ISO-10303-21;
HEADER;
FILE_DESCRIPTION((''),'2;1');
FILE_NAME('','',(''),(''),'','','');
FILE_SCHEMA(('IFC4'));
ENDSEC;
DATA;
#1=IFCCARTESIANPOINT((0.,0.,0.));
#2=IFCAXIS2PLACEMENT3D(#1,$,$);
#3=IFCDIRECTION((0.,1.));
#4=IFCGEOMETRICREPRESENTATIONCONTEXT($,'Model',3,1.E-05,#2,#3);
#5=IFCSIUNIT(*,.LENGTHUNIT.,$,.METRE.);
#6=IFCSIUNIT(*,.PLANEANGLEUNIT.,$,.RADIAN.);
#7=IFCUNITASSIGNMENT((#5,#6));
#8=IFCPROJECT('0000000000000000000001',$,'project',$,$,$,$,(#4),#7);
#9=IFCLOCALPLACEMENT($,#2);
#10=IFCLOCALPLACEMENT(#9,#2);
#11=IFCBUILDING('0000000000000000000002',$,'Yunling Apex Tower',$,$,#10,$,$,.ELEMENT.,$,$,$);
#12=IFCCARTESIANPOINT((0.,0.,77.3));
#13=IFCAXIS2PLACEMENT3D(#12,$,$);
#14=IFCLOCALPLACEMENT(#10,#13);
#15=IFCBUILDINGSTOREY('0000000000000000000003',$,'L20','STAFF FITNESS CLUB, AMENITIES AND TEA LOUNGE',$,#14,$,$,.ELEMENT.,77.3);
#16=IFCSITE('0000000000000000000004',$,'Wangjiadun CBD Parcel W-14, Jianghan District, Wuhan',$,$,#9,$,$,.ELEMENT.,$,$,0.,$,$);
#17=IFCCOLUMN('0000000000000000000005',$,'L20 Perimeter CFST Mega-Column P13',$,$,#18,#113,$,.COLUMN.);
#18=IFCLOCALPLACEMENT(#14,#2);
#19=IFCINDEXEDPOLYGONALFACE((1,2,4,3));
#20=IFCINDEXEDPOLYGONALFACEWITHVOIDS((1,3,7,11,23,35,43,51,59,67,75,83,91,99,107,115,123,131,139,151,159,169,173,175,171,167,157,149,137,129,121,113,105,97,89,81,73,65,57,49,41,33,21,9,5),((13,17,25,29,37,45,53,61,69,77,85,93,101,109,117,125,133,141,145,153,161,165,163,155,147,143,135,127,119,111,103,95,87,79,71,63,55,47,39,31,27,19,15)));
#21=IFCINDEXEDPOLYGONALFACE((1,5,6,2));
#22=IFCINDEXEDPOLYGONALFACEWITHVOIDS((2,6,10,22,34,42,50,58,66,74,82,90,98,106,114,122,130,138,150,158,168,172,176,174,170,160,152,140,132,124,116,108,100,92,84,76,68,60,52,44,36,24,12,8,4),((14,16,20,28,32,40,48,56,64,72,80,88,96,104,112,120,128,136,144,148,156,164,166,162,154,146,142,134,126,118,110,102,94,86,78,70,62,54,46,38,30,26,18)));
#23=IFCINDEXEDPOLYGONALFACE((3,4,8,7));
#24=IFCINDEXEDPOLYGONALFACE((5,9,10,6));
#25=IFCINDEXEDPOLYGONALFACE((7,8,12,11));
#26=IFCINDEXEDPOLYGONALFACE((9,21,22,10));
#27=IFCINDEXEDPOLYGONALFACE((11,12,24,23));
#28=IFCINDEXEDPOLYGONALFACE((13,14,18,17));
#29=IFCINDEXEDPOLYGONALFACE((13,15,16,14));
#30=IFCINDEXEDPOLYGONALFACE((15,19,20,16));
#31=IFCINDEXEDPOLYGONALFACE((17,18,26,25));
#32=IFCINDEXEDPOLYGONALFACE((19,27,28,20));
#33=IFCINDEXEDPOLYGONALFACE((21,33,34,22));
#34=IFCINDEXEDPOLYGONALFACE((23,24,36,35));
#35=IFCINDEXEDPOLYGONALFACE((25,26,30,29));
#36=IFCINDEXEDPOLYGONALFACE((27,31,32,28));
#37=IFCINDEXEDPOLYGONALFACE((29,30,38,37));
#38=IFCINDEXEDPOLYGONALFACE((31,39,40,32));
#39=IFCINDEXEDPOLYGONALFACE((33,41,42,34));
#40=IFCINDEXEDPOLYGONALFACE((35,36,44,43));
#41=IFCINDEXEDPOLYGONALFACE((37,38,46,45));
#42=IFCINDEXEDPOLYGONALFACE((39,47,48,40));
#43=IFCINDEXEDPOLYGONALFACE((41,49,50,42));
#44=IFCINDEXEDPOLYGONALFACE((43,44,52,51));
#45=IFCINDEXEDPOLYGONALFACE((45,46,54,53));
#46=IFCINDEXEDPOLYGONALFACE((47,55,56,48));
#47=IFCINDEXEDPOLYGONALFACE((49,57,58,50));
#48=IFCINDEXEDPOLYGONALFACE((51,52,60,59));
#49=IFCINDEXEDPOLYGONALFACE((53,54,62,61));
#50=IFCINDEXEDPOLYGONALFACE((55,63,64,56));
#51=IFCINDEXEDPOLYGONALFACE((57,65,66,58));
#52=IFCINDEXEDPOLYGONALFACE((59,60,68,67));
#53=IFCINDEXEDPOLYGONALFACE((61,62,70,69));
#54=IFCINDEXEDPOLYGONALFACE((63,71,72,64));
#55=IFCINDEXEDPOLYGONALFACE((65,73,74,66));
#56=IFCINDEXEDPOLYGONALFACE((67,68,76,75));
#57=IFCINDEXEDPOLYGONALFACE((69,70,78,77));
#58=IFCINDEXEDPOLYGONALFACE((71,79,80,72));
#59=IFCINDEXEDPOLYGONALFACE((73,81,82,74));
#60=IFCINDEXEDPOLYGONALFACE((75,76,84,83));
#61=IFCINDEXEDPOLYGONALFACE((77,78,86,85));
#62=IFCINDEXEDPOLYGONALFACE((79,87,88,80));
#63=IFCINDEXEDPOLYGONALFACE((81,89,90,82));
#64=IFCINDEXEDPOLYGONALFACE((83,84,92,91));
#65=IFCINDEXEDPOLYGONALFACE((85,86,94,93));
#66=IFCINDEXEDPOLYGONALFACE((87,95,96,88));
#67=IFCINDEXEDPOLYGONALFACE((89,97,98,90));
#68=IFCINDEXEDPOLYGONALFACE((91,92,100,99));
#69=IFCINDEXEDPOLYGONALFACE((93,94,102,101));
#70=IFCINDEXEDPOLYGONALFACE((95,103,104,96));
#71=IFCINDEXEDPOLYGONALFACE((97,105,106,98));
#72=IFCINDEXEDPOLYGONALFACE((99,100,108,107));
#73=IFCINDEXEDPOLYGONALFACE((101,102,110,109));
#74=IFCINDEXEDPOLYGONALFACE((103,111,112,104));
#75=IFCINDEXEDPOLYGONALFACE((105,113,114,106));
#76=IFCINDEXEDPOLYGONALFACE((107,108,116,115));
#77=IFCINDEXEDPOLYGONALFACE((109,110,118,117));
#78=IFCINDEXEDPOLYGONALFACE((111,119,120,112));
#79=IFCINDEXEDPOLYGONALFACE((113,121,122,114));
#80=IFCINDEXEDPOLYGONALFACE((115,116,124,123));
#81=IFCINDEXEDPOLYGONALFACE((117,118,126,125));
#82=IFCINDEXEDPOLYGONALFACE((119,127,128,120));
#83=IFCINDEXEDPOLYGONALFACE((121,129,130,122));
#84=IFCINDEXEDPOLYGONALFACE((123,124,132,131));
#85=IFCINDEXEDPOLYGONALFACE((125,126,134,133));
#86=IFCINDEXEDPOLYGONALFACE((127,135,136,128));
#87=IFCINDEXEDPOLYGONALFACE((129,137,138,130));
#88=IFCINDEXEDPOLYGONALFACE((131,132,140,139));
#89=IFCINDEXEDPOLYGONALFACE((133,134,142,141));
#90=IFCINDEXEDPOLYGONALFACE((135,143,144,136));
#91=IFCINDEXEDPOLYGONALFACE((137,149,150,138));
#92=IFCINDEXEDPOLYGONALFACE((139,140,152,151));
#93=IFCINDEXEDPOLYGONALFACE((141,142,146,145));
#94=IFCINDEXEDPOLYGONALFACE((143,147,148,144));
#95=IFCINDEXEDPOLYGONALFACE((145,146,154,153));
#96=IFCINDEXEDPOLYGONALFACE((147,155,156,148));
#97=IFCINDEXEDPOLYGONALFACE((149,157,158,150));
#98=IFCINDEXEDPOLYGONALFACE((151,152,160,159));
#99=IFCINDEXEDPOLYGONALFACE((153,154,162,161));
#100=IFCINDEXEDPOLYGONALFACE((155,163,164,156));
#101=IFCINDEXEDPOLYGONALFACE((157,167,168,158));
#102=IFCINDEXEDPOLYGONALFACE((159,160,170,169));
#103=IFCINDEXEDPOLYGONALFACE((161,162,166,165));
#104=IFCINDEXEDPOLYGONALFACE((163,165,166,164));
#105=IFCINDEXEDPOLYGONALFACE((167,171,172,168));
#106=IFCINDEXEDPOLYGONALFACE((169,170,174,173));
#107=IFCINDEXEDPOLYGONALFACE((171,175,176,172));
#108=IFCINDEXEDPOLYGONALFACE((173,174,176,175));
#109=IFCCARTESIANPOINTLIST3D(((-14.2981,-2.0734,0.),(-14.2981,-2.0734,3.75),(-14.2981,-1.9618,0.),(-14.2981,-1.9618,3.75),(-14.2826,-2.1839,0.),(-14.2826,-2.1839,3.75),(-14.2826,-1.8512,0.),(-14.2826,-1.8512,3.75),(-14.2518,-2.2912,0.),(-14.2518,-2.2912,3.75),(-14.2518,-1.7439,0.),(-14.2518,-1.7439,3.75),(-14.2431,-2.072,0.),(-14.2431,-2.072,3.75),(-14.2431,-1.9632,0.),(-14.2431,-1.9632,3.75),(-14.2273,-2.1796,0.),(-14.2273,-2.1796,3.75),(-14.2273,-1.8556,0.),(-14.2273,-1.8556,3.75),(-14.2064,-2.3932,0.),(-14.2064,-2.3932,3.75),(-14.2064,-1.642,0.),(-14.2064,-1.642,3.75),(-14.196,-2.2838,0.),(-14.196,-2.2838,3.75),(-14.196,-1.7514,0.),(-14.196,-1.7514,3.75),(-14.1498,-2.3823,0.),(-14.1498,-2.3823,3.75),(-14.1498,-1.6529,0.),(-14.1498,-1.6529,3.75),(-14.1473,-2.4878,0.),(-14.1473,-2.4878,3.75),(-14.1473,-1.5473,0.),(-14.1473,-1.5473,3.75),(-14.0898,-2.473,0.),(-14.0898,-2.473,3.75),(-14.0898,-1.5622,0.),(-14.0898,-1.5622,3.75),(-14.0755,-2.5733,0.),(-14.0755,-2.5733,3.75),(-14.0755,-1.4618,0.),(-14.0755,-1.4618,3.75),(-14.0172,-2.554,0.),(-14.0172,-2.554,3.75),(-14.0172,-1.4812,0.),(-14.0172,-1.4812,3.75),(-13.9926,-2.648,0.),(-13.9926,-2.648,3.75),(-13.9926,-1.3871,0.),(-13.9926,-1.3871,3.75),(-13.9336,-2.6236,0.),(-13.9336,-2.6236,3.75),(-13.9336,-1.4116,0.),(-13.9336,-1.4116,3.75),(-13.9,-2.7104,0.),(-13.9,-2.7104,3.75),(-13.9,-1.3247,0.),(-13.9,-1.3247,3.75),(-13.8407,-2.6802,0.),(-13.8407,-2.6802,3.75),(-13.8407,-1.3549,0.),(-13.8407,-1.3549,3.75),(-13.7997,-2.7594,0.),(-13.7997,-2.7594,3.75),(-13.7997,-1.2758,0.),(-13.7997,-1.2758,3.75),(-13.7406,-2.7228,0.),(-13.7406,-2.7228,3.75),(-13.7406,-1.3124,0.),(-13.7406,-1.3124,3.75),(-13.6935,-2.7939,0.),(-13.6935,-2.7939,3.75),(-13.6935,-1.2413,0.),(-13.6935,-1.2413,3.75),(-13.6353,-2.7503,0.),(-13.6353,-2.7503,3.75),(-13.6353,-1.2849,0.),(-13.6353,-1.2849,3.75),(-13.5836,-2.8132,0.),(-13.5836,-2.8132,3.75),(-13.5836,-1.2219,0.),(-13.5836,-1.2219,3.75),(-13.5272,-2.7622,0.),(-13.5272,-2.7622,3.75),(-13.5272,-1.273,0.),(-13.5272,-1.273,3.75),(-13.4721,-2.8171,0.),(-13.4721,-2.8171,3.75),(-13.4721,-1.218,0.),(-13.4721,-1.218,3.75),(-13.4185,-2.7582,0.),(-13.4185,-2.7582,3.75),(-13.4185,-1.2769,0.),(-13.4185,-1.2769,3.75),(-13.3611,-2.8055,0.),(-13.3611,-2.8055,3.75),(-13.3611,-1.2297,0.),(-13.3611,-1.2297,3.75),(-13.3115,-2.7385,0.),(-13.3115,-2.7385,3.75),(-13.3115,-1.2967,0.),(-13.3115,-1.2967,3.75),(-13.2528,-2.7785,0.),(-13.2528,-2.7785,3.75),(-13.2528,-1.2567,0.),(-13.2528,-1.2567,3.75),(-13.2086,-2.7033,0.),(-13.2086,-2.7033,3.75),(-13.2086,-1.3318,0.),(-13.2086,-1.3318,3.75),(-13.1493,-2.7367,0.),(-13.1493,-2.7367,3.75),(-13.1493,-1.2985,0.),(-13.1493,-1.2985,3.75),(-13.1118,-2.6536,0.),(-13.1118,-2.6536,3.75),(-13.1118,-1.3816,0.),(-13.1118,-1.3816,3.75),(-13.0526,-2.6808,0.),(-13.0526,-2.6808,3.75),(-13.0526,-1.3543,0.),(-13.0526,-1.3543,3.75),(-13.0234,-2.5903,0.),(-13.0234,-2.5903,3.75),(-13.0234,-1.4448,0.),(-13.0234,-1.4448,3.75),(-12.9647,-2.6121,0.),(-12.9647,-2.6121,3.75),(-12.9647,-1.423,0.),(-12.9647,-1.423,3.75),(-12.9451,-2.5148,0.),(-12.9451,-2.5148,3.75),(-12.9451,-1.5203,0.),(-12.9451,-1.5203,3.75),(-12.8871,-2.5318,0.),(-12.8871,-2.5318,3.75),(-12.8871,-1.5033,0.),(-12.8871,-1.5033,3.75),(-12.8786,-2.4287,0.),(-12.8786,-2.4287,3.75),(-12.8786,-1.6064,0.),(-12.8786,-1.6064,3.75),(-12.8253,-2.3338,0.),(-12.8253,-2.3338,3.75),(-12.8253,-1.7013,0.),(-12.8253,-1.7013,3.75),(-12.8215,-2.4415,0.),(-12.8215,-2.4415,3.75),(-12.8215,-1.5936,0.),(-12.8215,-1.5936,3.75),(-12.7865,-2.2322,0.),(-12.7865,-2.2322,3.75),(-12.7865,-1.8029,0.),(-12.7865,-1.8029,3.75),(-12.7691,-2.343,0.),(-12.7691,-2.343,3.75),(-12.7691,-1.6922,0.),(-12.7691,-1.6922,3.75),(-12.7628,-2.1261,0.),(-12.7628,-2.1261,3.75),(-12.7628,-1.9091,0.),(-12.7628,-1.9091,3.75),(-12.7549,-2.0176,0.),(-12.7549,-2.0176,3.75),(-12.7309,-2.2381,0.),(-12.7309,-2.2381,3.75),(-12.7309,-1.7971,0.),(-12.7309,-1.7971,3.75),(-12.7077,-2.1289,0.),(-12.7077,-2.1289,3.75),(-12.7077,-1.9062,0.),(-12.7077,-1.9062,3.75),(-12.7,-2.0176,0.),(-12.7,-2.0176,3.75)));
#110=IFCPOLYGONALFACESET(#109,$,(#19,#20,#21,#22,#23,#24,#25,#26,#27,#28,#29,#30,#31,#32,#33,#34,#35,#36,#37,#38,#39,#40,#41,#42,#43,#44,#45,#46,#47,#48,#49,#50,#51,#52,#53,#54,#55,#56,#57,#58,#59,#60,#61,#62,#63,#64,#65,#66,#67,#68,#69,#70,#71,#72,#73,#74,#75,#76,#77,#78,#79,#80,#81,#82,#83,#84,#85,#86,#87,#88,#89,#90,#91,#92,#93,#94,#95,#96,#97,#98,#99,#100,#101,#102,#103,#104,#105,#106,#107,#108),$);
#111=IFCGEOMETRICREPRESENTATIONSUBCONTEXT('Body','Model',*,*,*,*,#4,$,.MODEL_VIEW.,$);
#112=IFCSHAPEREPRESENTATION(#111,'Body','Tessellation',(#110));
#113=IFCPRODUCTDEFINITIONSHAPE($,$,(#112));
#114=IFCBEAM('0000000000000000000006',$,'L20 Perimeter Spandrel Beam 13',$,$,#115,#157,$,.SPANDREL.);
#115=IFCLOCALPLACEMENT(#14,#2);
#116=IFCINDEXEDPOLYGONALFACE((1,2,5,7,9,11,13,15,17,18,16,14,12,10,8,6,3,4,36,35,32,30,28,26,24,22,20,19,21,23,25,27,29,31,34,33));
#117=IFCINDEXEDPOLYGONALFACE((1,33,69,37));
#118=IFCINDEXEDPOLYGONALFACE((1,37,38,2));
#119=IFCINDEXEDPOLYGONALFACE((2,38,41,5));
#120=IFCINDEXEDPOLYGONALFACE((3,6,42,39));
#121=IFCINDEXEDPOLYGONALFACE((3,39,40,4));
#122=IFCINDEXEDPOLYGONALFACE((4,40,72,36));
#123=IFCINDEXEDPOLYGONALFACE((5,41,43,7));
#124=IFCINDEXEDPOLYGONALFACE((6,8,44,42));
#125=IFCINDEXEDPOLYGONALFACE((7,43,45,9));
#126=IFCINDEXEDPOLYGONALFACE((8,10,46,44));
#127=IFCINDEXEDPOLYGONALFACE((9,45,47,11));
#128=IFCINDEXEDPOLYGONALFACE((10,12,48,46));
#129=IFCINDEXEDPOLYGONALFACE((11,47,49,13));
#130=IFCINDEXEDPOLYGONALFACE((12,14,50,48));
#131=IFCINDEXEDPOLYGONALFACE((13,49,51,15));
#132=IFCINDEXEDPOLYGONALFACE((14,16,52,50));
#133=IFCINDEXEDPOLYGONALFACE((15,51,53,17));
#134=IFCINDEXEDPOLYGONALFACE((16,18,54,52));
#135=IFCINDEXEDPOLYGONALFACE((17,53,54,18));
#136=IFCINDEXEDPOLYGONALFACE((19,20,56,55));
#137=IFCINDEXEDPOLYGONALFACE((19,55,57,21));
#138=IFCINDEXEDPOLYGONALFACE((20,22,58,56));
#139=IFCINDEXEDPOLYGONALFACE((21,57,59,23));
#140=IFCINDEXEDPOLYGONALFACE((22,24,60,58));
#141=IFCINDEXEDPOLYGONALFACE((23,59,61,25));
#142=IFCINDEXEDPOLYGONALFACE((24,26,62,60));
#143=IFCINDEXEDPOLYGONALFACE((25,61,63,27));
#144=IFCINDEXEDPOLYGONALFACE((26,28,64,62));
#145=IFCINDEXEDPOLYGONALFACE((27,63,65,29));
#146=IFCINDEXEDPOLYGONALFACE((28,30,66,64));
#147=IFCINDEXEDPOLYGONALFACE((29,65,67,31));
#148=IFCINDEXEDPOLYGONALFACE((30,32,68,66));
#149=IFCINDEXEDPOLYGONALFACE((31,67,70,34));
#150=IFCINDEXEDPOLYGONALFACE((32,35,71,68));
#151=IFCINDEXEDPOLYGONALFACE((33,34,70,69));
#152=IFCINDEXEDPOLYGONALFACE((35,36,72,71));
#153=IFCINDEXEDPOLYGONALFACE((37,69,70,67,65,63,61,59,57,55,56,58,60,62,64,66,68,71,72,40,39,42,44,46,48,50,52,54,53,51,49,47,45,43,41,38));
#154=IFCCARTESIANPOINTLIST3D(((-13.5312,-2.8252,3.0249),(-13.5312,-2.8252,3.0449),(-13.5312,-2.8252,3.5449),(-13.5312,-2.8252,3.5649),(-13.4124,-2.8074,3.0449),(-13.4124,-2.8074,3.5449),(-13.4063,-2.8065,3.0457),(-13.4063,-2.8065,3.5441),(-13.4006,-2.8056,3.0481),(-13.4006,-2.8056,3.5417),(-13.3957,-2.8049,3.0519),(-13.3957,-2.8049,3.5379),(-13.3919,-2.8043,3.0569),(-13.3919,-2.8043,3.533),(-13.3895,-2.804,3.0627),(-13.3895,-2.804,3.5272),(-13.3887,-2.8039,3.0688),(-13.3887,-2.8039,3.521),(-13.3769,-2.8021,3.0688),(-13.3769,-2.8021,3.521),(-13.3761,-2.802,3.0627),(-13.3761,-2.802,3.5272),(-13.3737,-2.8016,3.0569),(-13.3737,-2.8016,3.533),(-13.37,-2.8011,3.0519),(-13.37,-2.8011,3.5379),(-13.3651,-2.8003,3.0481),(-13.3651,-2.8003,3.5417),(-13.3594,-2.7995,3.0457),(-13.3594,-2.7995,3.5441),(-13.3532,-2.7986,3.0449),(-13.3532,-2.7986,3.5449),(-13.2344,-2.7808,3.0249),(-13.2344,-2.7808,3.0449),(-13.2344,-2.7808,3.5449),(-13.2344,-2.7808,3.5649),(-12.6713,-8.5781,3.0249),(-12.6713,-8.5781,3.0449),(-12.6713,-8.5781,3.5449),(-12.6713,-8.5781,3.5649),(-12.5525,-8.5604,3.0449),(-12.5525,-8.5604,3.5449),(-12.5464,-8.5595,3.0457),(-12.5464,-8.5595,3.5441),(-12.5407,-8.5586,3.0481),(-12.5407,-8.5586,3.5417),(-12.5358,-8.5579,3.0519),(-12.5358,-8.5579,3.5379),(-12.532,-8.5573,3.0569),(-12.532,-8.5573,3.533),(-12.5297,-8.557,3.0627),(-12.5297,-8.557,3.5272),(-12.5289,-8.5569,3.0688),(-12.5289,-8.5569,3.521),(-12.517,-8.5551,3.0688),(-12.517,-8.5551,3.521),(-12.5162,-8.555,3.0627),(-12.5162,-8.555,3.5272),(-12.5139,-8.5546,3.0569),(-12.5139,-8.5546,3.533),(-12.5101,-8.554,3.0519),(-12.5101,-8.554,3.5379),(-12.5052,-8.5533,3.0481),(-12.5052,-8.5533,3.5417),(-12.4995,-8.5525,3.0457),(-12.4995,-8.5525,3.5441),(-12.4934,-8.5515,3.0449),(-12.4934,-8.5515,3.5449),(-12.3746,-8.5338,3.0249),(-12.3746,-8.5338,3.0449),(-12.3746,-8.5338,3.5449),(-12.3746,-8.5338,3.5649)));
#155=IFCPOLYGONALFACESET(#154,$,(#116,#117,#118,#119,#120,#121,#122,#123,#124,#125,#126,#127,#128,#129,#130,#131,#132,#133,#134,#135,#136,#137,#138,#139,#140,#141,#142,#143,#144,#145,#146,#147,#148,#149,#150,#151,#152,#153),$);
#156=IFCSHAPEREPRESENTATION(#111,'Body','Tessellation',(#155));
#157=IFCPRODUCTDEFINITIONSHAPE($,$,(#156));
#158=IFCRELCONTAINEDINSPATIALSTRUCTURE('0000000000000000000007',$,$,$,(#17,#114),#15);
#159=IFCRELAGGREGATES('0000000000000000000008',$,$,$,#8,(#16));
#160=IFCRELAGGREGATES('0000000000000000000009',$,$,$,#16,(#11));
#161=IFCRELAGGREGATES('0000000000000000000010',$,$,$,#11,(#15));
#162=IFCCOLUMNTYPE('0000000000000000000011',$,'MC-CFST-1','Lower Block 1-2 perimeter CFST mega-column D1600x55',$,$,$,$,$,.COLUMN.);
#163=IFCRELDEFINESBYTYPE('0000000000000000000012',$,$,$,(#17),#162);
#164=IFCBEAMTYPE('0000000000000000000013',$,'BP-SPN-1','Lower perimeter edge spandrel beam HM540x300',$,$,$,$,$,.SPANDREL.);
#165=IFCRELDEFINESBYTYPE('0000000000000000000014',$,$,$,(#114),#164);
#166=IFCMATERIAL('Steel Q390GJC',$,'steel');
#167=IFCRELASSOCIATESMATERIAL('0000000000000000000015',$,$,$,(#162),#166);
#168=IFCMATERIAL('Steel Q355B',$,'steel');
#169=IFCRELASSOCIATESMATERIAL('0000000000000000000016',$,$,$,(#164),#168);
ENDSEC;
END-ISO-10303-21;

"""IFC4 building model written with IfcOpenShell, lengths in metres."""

from ifc_helpers import new_model, si_unit, direction, frame, origin, origin_2d, place, context, subcontext, project, spatial, hollow_circle, i_section, extrude, source, transform, mapped, material, material_profile, profile_set, type_object, element, save


model = new_model("IFC4")

# Units and contexts
model_context = context("Model", 3, precision=1e-05, world=origin(), true_north=direction((0.0, 1.0)))
body_context = subcontext(model_context, "Body", "Model", "MODEL_VIEW")
ifc_project = project(units=[si_unit("LENGTHUNIT", "METRE"), si_unit("PLANEANGLEUNIT", "RADIAN")], contexts=[model_context])

# Site, building, storey
site_placement = place(None, origin())
site = spatial("IfcSite", under=ifc_project, at=site_placement, Name="Wangjiadun CBD Parcel W-14, Jianghan District, Wuhan", CompositionType="ELEMENT", RefElevation=0.0)
building_placement = place(site_placement, origin())
building = spatial("IfcBuilding", under=site, at=building_placement, Name="Yunling Apex Tower", CompositionType="ELEMENT")
storey_placement = place(building_placement, frame((0.0, 0.0, 77.3)))
storey = spatial("IfcBuildingStorey", under=building, at=storey_placement, Name="L20", Description="STAFF FITNESS CLUB, AMENITIES AND TEA LOUNGE", CompositionType="ELEMENT", Elevation=77.3)

# Column
ifc_material_1 = material(Name="Steel Q390GJC", Category="steel")
ifc_material_profile_1 = material_profile(ifc_material_1, hollow_circle(Radius=0.8, WallThickness=0.0549, at=origin_2d()))
ifc_profile_set_1 = profile_set([ifc_material_profile_1], Name="Steel Q390GJC")
column_type = type_object("IfcColumnType", Name="MC-CFST-1", Description="Lower Block 1-2 perimeter CFST mega-column D1600x55", PredefinedType="COLUMN", material=ifc_profile_set_1)
shared_shape_1 = source(origin(), body_context, "Body", "SweptSolid", [
    extrude(hollow_circle(Radius=0.8, WallThickness=0.0549, at=origin_2d()), origin(), (0.0, 0.0, 1.0), 3.75),
])
column_placement = place(storey_placement, frame((-13.5, -2.0176, 0.0), z_axis=(0.0, 0.0, 1.0), x_axis=(1.0, 0.0, 0.0)))
element("IfcColumn", 1, at=column_placement, inside=storey, type_object=column_type, Name="L20 Perimeter CFST Mega-Column P13", PredefinedType="COLUMN", context=body_context, shape_type="MappedRepresentation", body=[
    mapped(shared_shape_1, transform((0.0, 0.0, 0.0), scale=1.0)),
])

# Beam
ifc_material_2 = material(Name="Steel Q355B", Category="steel")
ifc_material_profile_2 = material_profile(ifc_material_2, i_section(OverallWidth=0.3, OverallDepth=0.54, WebThickness=0.012, FlangeThickness=0.02, FilletRadius=0.0239, at=origin_2d()))
ifc_profile_set_2 = profile_set([ifc_material_profile_2], Name="Steel Q355B")
beam_type_1 = type_object("IfcBeamType", Name="BP-SPN-1", Description="Lower perimeter edge spandrel beam HM540x300", PredefinedType="SPANDREL", material=ifc_profile_set_2)
shared_shape_2 = source(origin(), body_context, "Body", "SweptSolid", [
    extrude(i_section(OverallWidth=0.3, OverallDepth=0.54, WebThickness=0.012, FlangeThickness=0.02, FilletRadius=0.0239, at=origin_2d()), origin(), (0.0, 0.0, 1.0), 5.8169),
])
beam_1_placement = place(storey_placement, frame((-13.3828, -2.803, 3.2949), z_axis=(0.147823, -0.989014, 0.0), x_axis=(0.989014, 0.147823, 0.0)))
element("IfcBeam", 2, at=beam_1_placement, inside=storey, type_object=beam_type_1, Name="L20 Perimeter Spandrel Beam 13", PredefinedType="SPANDREL", context=body_context, shape_type="MappedRepresentation", body=[
    mapped(shared_shape_2, transform((0.0, 0.0, 0.0), scale=1.0)),
])

save(model, "model.ifc")
